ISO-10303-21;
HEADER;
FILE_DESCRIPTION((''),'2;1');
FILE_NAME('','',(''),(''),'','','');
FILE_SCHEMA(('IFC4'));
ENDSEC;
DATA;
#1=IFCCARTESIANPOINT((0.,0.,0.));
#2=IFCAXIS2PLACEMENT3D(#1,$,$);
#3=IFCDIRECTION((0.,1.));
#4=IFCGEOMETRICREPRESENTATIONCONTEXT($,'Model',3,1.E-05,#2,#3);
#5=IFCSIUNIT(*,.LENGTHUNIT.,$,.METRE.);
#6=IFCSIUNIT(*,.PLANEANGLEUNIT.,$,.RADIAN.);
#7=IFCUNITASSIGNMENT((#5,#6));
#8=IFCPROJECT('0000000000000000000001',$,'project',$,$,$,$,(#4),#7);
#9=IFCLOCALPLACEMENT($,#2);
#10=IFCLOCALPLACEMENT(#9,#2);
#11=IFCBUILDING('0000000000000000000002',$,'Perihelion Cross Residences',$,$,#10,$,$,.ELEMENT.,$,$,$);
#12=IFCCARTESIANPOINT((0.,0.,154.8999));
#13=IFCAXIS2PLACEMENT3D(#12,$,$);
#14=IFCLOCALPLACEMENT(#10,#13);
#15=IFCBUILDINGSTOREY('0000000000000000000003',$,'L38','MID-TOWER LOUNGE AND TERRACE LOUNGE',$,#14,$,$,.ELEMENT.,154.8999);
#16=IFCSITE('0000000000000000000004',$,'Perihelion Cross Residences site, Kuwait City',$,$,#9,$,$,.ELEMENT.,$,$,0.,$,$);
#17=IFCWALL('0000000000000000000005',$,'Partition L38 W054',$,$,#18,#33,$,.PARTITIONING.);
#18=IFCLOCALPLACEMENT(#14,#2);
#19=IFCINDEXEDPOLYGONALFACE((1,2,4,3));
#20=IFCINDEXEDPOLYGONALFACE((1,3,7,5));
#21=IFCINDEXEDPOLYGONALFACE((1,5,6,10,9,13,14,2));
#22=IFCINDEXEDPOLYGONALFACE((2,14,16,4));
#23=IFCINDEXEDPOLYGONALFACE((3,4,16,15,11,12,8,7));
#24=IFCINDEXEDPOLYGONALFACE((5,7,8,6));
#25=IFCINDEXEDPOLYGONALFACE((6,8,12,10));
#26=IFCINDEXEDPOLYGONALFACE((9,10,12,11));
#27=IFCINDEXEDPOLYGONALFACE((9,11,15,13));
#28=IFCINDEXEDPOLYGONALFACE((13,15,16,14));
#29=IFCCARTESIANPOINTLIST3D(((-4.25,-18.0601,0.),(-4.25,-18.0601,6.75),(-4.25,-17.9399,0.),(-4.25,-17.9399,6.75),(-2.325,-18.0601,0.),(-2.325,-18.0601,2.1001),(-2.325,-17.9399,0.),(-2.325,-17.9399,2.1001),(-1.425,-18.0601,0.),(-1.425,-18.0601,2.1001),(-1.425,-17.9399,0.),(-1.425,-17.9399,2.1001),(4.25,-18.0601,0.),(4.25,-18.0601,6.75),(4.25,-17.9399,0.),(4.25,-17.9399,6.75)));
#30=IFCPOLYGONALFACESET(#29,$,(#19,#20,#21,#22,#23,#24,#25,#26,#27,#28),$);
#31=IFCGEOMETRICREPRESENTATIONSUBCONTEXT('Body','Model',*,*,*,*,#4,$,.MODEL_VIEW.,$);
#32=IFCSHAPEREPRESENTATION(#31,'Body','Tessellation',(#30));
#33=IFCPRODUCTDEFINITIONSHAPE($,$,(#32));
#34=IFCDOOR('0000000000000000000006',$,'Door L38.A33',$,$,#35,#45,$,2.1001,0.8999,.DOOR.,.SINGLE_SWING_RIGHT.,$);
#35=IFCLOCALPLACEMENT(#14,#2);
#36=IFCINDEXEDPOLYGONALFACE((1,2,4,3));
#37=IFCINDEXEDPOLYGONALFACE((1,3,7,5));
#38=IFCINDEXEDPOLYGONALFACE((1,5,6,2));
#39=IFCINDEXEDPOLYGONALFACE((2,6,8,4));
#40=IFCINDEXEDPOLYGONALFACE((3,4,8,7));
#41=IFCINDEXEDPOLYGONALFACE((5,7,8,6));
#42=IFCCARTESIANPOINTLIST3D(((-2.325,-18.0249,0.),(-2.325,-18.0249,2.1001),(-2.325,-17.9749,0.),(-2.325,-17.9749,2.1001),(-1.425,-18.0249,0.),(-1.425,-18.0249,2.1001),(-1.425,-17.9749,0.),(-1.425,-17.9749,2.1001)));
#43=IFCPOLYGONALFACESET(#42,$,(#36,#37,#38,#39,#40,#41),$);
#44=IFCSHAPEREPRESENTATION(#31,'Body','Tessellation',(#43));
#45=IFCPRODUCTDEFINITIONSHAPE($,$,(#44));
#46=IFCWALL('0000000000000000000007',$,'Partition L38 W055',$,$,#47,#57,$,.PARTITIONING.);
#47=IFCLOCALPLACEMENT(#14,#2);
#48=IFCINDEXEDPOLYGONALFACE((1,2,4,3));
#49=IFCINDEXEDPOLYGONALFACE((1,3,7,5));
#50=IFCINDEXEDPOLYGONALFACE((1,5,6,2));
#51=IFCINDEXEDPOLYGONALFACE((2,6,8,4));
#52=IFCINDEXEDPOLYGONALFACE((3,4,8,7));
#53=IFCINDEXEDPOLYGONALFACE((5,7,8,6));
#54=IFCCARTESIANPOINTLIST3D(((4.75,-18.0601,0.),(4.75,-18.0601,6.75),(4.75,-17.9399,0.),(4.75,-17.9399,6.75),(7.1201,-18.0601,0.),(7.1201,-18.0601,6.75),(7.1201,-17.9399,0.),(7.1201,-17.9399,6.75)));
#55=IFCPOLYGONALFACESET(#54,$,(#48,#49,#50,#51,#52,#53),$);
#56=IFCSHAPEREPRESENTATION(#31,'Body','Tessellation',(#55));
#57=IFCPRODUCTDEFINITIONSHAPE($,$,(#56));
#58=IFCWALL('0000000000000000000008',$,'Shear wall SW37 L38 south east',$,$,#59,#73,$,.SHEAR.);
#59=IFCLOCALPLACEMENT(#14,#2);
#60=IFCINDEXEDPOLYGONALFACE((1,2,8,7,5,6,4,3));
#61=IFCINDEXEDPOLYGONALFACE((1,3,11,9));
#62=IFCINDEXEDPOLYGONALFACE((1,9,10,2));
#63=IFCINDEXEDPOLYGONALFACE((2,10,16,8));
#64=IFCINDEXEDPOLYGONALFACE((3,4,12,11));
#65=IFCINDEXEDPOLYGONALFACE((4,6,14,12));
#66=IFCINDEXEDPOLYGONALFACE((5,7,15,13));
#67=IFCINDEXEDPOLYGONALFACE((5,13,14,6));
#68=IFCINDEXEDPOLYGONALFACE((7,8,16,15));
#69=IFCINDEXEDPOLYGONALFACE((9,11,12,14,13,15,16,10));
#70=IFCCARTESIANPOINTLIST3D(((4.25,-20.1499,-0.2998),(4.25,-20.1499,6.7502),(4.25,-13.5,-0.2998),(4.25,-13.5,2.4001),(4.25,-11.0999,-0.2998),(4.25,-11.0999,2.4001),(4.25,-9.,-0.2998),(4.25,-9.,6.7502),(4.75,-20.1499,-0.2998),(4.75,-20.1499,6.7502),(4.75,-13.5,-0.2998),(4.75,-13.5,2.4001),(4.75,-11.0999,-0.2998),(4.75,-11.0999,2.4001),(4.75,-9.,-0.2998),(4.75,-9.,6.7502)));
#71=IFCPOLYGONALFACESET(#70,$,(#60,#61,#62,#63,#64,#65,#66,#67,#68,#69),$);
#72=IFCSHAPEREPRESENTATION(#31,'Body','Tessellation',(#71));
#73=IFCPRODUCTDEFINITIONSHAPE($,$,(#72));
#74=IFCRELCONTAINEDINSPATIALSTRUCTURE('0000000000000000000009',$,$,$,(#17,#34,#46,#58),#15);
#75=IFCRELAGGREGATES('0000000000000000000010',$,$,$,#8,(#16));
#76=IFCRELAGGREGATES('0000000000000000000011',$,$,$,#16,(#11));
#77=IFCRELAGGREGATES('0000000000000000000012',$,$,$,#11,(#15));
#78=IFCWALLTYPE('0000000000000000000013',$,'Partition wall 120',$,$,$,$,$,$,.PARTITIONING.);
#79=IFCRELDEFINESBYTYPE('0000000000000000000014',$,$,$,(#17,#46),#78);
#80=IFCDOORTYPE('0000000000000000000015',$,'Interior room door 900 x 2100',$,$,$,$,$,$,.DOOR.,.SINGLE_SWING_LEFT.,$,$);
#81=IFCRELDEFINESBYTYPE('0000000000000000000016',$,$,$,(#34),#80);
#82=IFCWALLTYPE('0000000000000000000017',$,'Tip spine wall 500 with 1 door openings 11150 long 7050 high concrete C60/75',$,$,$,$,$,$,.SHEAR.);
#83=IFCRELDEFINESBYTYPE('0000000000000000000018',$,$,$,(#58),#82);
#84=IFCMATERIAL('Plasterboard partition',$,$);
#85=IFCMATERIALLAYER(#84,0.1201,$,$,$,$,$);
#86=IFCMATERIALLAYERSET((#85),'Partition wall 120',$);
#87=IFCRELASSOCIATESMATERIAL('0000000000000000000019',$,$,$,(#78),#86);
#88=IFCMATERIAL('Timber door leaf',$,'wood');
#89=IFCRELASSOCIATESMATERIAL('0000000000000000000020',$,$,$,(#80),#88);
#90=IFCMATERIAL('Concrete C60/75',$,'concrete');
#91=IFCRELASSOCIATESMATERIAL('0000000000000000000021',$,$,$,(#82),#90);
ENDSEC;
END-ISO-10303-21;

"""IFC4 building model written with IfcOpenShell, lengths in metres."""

from ifc_helpers import new_model, si_unit, direction, frame, frame_2d, origin, place, context, subcontext, project, spatial, polyline, rectangle, outline, extrude, material, layer, layer_set, material_profile, profile_set, type_object, element, fill, save


model = new_model("IFC4")

# Units and contexts
model_context = context("Model", 3, precision=1e-05, world=origin(), true_north=direction((0.0, 1.0)))
body_context = subcontext(model_context, "Body", "Model", "MODEL_VIEW")
ifc_project = project(units=[si_unit("LENGTHUNIT", "METRE"), si_unit("PLANEANGLEUNIT", "RADIAN")], contexts=[model_context])

# Site, building, storey
site_placement = place(None, origin())
site = spatial("IfcSite", under=ifc_project, at=site_placement, Name="Perihelion Cross Residences site, Kuwait City", CompositionType="ELEMENT", RefElevation=0.0)
building_placement = place(site_placement, origin())
building = spatial("IfcBuilding", under=site, at=building_placement, Name="Perihelion Cross Residences", CompositionType="ELEMENT")
storey_placement = place(building_placement, frame((0.0, 0.0, 154.8999)))
storey = spatial("IfcBuildingStorey", under=building, at=storey_placement, Name="L38", Description="MID-TOWER LOUNGE AND TERRACE LOUNGE", CompositionType="ELEMENT", Elevation=154.8999)

# Shared definitions
ifc_material_1 = material(Name="Plasterboard partition")
ifc_layer_1 = layer(ifc_material_1, 0.1201)
ifc_layer_set_1 = layer_set([ifc_layer_1], Name="Partition wall 120")
wall_type_1 = type_object("IfcWallType", Name="Partition wall 120", PredefinedType="PARTITIONING", material=ifc_layer_set_1)
ifc_material_2 = material(Name="Timber door leaf", Category="wood")
door_type_1 = type_object("IfcDoorType", Name="Interior room door 900 x 2100", OperationType="SINGLE_SWING_LEFT", PredefinedType="DOOR", material=ifc_material_2)

# Wall, opening, door
wall_1_placement = place(storey_placement, frame((4.25, -18.0, 0.0), z_axis=(0.0, 0.0, 1.0), x_axis=(-1.0, 0.0, 0.0)))
wall_1 = element("IfcWall", 1, at=wall_1_placement, inside=storey, type_object=wall_type_1, Name="Partition L38 W054", PredefinedType="PARTITIONING", context=body_context, shape_type="SweptSolid", body=[
    extrude(rectangle(XDim=8.5, YDim=0.1201, at=frame_2d((4.25, 0.0))), origin(), (0.0, 0.0, 1.0), 6.75),
])
opening_1_placement = place(wall_1_placement, frame((5.675, 0.0, 0.0)))
opening_1 = element("IfcOpeningElement", 2, at=opening_1_placement, cuts=wall_1, PredefinedType="OPENING", context=body_context, shape_type="SweptSolid", body=[
    extrude(rectangle(XDim=0.8999, YDim=2.1001, at=frame_2d((0.45, 1.05))), frame((0.0, 0.0701, 0.0), z_axis=(0.0, -1.0, 0.0), x_axis=(1.0, 0.0, 0.0)), (0.0, 0.0, 1.0), 0.1401),
])
door_1_placement = place(opening_1_placement, origin())
door_1 = element("IfcDoor", 3, at=door_1_placement, inside=storey, type_object=door_type_1, Name="Door L38.A33", OperationType="SINGLE_SWING_RIGHT", OverallHeight=2.1001, OverallWidth=0.8999, PredefinedType="DOOR", context=body_context, shape_type="SweptSolid", body=[
    extrude(rectangle(XDim=0.8999, YDim=2.1001, at=frame_2d((0.45, 1.05))), frame((0.0, 0.0249, 0.0), z_axis=(0.0, -1.0, 0.0), x_axis=(1.0, 0.0, 0.0)), (0.0, 0.0, 1.0), 0.05),
])
fill(opening_1, door_1)

# Walls
wall_2_placement = place(storey_placement, frame((7.1201, -18.0, 0.0), z_axis=(0.0, 0.0, 1.0), x_axis=(-1.0, 0.0, 0.0)))
element("IfcWall", 4, at=wall_2_placement, inside=storey, type_object=wall_type_1, Name="Partition L38 W055", PredefinedType="PARTITIONING", context=body_context, shape_type="SweptSolid", body=[
    extrude(rectangle(XDim=2.3701, YDim=0.1201, at=frame_2d((1.1851, 0.0))), origin(), (0.0, 0.0, 1.0), 6.75),
])
ifc_material_3 = material(Name="Concrete C60/75", Category="concrete")
ifc_material_profile_1 = material_profile(ifc_material_3, outline(polyline([(0.0, 0.0), (6.6499, 0.0), (6.6499, 2.7), (9.05, 2.7), (9.05, 0.0), (11.1499, 0.0), (11.1499, 7.05), (0.0, 7.05), (0.0, 0.0)])), Name="Tip spine wall")
ifc_profile_set_1 = profile_set([ifc_material_profile_1], Name="Concrete C60/75")
wall_type_2 = type_object("IfcWallType", Name="Tip spine wall 500 with 1 door openings 11150 long 7050 high concrete C60/75", PredefinedType="SHEAR", material=ifc_profile_set_1)
wall_3_placement = place(storey_placement, frame((4.25, -20.1499, -0.2998), z_axis=(1.0, 0.0, 0.0), x_axis=(0.0, 1.0, 0.0)))
element("IfcWall", 5, at=wall_3_placement, inside=storey, type_object=wall_type_2, Name="Shear wall SW37 L38 south east", PredefinedType="SHEAR", context=body_context, shape_type="SweptSolid", body=[
    extrude(outline(polyline([(0.0, 0.0), (6.6499, 0.0), (6.6499, 2.7), (9.05, 2.7), (9.05, 0.0), (11.1499, 0.0), (11.1499, 7.05), (0.0, 7.05), (0.0, 0.0)])), origin(), (0.0, 0.0, 1.0), 0.5),
])

save(model, "model.ifc")
